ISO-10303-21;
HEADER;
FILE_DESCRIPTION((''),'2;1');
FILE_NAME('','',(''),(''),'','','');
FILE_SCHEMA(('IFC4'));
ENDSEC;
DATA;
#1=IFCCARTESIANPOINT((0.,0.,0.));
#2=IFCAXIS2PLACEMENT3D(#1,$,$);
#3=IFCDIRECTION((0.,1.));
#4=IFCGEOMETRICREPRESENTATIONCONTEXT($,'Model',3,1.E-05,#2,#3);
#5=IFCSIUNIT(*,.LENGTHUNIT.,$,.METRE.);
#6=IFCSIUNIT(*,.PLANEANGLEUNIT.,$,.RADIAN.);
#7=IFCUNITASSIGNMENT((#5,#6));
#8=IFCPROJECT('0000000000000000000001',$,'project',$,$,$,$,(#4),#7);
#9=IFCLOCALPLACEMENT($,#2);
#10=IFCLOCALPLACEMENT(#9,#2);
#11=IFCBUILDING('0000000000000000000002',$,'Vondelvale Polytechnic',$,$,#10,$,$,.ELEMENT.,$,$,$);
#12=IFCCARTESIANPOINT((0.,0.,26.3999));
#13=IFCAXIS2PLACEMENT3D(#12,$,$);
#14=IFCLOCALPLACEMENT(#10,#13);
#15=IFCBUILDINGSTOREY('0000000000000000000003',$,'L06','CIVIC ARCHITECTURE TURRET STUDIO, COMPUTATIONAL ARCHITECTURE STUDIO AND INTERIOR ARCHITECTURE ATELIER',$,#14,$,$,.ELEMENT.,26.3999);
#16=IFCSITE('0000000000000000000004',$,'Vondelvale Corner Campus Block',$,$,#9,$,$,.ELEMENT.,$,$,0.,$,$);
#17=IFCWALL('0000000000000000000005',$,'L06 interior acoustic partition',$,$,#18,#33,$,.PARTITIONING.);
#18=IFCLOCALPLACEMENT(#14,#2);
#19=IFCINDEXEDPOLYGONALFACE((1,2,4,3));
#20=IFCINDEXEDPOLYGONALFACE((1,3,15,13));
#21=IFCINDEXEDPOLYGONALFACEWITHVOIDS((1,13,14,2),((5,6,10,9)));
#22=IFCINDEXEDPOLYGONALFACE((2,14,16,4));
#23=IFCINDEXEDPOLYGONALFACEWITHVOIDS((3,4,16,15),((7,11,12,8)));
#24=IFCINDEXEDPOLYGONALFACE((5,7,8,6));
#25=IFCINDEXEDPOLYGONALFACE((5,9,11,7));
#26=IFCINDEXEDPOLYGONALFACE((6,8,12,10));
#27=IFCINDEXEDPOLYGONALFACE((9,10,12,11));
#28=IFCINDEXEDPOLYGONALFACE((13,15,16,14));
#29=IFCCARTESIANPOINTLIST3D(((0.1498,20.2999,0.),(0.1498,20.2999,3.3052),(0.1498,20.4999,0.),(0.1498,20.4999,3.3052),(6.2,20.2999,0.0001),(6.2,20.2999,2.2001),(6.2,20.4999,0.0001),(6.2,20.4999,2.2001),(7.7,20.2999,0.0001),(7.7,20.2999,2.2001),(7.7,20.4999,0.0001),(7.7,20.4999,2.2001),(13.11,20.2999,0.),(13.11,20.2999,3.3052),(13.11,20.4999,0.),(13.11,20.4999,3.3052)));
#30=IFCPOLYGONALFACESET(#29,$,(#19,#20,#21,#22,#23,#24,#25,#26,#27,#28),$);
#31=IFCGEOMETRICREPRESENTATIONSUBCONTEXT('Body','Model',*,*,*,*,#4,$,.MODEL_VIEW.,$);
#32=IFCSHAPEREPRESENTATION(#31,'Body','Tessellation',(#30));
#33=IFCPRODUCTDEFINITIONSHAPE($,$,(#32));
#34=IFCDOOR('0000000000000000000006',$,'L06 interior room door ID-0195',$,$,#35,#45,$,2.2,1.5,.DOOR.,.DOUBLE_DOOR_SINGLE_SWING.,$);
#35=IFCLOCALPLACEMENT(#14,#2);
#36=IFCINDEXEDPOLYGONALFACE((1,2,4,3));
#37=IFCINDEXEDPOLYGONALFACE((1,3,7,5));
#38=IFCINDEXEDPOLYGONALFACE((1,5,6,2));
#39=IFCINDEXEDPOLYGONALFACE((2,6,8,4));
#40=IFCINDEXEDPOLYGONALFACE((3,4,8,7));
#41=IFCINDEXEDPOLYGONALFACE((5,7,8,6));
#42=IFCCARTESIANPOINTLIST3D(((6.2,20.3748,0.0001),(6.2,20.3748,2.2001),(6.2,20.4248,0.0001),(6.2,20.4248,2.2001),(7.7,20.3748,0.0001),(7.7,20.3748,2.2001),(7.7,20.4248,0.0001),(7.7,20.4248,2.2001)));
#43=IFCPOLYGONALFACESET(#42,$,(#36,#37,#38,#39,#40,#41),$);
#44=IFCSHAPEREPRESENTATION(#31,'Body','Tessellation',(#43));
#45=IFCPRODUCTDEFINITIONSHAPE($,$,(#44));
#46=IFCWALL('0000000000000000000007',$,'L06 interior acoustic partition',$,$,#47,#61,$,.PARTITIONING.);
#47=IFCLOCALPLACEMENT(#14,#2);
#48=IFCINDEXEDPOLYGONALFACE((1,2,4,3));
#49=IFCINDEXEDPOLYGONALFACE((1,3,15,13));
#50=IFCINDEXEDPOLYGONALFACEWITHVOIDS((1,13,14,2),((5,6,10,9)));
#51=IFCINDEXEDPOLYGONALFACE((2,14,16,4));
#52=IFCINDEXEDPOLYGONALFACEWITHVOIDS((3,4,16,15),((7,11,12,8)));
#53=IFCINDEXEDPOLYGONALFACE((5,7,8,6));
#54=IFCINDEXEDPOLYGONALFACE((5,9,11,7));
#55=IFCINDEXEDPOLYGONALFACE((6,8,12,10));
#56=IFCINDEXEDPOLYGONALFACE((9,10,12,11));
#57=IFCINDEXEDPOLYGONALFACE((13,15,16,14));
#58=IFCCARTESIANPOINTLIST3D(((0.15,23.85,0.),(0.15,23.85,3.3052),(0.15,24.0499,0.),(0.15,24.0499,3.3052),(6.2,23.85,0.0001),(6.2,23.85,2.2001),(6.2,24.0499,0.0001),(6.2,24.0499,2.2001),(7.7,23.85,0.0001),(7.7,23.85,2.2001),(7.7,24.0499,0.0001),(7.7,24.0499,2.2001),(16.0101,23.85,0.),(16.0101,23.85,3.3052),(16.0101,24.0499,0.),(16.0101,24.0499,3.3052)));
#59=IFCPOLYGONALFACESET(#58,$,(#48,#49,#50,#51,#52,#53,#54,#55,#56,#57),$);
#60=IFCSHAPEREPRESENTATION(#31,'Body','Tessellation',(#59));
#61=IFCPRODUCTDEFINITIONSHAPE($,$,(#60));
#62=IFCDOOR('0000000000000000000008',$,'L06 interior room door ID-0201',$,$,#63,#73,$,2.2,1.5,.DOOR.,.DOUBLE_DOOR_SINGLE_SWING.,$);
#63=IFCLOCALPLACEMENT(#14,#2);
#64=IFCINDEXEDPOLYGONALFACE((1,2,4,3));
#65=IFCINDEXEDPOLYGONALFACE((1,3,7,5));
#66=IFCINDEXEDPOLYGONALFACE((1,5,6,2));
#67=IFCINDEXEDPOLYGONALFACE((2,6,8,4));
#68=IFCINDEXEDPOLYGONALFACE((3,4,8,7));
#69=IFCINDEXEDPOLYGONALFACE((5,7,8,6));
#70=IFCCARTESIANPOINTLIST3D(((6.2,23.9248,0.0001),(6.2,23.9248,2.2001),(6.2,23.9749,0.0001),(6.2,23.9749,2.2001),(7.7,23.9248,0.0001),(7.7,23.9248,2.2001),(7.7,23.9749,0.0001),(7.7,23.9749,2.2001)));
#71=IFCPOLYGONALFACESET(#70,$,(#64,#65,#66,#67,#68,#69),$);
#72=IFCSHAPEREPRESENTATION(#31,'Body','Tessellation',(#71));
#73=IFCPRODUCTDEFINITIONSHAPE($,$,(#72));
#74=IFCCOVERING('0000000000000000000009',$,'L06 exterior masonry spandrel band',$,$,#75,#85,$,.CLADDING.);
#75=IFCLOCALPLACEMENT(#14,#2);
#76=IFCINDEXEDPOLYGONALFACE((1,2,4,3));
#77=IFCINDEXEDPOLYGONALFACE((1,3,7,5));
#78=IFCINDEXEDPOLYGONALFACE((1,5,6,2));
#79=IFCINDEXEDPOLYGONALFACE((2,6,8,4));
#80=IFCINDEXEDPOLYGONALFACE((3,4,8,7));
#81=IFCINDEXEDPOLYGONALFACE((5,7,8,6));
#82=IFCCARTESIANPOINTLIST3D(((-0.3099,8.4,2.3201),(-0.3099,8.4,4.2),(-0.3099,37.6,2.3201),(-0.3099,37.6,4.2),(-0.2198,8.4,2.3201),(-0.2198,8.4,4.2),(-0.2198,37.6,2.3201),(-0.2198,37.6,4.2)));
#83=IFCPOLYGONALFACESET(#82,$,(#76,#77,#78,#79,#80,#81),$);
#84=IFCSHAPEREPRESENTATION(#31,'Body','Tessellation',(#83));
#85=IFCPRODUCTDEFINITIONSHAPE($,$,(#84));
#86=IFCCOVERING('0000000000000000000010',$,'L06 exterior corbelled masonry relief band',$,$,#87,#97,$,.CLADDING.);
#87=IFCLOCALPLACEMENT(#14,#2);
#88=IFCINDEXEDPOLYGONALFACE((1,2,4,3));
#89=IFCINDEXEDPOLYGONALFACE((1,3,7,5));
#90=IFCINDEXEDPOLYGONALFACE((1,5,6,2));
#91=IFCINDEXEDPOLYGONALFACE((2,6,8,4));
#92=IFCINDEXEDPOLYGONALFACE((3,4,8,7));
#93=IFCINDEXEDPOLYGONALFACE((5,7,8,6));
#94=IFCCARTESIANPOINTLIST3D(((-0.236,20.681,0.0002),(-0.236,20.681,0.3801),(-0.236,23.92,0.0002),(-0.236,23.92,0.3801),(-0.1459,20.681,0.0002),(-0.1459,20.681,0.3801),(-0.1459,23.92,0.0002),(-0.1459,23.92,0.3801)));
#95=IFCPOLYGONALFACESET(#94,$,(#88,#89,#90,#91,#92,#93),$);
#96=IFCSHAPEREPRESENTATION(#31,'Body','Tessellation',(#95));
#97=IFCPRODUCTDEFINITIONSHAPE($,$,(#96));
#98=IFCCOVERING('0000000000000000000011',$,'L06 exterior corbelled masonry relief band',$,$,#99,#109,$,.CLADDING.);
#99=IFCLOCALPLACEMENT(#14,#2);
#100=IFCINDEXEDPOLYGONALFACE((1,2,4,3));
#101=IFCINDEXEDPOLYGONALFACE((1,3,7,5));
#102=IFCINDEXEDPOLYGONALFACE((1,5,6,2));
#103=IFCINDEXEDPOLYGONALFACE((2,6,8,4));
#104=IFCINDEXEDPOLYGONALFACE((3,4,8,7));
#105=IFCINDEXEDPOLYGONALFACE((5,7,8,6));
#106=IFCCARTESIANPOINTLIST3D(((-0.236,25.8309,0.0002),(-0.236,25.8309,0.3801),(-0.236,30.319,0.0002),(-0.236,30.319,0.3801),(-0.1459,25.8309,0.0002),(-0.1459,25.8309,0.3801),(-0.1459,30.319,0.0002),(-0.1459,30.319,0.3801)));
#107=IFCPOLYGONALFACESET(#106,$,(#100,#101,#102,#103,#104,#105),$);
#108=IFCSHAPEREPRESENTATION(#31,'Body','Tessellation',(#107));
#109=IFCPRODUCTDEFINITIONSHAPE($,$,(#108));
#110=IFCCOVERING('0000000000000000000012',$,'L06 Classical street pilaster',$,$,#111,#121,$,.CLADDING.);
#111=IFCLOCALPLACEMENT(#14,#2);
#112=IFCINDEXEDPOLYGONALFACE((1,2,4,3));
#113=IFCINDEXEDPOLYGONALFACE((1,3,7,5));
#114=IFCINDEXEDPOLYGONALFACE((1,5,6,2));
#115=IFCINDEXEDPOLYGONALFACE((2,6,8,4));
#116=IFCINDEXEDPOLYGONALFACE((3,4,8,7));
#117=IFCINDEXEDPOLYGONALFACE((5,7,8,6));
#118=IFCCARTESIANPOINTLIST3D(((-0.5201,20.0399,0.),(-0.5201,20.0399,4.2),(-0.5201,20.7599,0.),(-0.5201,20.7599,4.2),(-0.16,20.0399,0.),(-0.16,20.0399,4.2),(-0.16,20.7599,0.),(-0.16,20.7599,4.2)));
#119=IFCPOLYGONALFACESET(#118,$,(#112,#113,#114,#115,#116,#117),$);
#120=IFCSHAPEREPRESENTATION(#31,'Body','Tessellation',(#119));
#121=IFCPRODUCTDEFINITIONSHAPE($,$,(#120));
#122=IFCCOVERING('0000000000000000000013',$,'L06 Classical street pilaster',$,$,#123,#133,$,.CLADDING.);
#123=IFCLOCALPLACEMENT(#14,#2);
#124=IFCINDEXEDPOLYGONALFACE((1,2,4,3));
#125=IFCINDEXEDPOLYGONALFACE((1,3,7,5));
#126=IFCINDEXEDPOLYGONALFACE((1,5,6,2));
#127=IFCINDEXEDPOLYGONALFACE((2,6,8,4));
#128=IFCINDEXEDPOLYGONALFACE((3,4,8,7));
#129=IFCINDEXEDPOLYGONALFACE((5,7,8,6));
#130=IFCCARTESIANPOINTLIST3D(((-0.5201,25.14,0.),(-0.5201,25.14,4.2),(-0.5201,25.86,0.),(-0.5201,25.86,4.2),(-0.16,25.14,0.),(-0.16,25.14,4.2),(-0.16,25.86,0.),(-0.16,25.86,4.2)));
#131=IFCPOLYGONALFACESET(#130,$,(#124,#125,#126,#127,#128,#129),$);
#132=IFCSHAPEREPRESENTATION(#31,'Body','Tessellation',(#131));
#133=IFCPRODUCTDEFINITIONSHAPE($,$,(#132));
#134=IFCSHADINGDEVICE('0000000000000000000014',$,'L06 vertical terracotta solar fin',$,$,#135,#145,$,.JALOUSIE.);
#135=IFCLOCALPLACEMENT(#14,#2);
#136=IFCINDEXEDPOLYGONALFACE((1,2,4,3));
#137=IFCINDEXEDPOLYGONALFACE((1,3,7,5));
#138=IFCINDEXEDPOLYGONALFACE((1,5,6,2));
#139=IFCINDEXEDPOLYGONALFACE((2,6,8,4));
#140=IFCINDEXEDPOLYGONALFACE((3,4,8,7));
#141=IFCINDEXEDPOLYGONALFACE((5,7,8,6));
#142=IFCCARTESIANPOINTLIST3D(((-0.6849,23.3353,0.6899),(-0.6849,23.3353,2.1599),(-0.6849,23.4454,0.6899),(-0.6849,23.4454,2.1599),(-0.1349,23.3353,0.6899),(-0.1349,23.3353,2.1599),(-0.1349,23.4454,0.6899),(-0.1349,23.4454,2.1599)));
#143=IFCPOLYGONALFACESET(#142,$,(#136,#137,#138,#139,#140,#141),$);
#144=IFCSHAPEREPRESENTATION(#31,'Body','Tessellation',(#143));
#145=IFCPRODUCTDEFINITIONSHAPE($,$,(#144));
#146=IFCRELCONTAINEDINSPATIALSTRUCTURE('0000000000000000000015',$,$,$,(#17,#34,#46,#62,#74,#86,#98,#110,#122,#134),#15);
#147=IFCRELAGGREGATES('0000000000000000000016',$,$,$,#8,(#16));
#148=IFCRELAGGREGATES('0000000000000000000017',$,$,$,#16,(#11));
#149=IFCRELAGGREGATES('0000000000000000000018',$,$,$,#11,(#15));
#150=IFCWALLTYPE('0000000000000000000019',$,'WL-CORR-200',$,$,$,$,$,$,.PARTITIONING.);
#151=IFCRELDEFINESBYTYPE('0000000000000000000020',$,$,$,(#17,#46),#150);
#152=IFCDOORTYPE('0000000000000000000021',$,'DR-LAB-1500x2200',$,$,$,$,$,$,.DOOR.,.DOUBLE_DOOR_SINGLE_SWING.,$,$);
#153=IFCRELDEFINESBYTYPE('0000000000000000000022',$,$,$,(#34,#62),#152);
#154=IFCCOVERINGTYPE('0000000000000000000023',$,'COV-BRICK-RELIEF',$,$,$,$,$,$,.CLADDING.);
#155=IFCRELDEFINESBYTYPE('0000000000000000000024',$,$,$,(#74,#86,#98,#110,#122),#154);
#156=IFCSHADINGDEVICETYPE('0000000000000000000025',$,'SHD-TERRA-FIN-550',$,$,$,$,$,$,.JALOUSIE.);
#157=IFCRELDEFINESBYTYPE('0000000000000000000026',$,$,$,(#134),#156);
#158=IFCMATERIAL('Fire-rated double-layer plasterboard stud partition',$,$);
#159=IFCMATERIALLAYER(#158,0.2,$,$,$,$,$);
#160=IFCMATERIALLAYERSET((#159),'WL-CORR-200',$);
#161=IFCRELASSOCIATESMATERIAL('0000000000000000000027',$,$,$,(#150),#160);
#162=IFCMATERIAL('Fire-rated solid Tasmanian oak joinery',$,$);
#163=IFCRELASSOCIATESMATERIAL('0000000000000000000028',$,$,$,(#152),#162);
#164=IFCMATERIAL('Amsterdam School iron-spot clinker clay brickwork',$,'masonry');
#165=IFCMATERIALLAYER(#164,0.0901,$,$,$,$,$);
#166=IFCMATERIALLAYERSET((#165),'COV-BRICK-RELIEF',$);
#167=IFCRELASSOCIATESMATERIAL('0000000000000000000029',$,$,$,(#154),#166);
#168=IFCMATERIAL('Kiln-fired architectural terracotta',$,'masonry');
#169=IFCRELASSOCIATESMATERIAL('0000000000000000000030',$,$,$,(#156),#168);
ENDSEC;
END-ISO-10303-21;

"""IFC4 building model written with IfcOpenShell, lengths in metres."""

from ifc_helpers import new_model, si_unit, direction, frame, frame_2d, origin, origin_2d, place, context, subcontext, project, spatial, rectangle, extrude, material, layer, layer_set, type_object, element, fill, save


model = new_model("IFC4")

# Units and contexts
model_context = context("Model", 3, precision=1e-05, world=origin(), true_north=direction((0.0, 1.0)))
body_context = subcontext(model_context, "Body", "Model", "MODEL_VIEW")
ifc_project = project(units=[si_unit("LENGTHUNIT", "METRE"), si_unit("PLANEANGLEUNIT", "RADIAN")], contexts=[model_context])

# Site, building, storey
site_placement = place(None, origin())
site = spatial("IfcSite", under=ifc_project, at=site_placement, Name="Vondelvale Corner Campus Block", CompositionType="ELEMENT", RefElevation=0.0)
building_placement = place(site_placement, origin())
building = spatial("IfcBuilding", under=site, at=building_placement, Name="Vondelvale Polytechnic", CompositionType="ELEMENT")
storey_placement = place(building_placement, frame((0.0, 0.0, 26.3999)))
storey = spatial("IfcBuildingStorey", under=building, at=storey_placement, Name="L06", Description="CIVIC ARCHITECTURE TURRET STUDIO, COMPUTATIONAL ARCHITECTURE STUDIO AND INTERIOR ARCHITECTURE ATELIER", CompositionType="ELEMENT", Elevation=26.3999)

# Shared definitions
ifc_material_1 = material(Name="Amsterdam School iron-spot clinker clay brickwork", Category="masonry")

# Walls, openings, doors
ifc_material_2 = material(Name="Fire-rated double-layer plasterboard stud partition")
ifc_layer_1 = layer(ifc_material_2, 0.2)
ifc_layer_set_1 = layer_set([ifc_layer_1], Name="WL-CORR-200")
wall_type_1 = type_object("IfcWallType", Name="WL-CORR-200", PredefinedType="PARTITIONING", material=ifc_layer_set_1)
wall_1_placement = place(storey_placement, frame((0.1499, 20.3999, 0.0), z_axis=(0.0, 0.0, 1.0), x_axis=(1.0, 0.0, 0.0)))
wall_1 = element("IfcWall", 1, at=wall_1_placement, inside=storey, type_object=wall_type_1, Name="L06 interior acoustic partition", PredefinedType="PARTITIONING", context=body_context, shape_type="SweptSolid", body=[
    extrude(rectangle(XDim=12.9602, YDim=0.2, at=frame_2d((6.48, 0.0))), origin(), (0.0, 0.0, 1.0), 3.3052),
])
opening_1_placement = place(wall_1_placement, frame((6.05, 0.0, 0.0)))
opening_1 = element("IfcOpeningElement", 2, at=opening_1_placement, cuts=wall_1, PredefinedType="OPENING", context=body_context, shape_type="SweptSolid", body=[
    extrude(rectangle(XDim=1.5, YDim=2.2, at=frame_2d((0.75, 1.1001))), frame((0.0, 0.1099, 0.0), z_axis=(0.0, -1.0, 0.0), x_axis=(1.0, 0.0, 0.0)), (0.0, 0.0, 1.0), 0.22),
])
ifc_material_3 = material(Name="Fire-rated solid Tasmanian oak joinery")
door_type = type_object("IfcDoorType", Name="DR-LAB-1500x2200", OperationType="DOUBLE_DOOR_SINGLE_SWING", PredefinedType="DOOR", material=ifc_material_3)
door_1_placement = place(opening_1_placement, origin())
door_1 = element("IfcDoor", 3, at=door_1_placement, inside=storey, type_object=door_type, Name="L06 interior room door ID-0195", OperationType="DOUBLE_DOOR_SINGLE_SWING", OverallHeight=2.2, OverallWidth=1.5, PredefinedType="DOOR", context=body_context, shape_type="SweptSolid", body=[
    extrude(rectangle(XDim=1.5, YDim=2.2, at=frame_2d((0.75, 1.1001))), frame((0.0, 0.0249, 0.0), z_axis=(0.0, -1.0, 0.0), x_axis=(1.0, 0.0, 0.0)), (0.0, 0.0, 1.0), 0.05),
])
fill(opening_1, door_1)
wall_2_placement = place(storey_placement, frame((0.1499, 23.95, 0.0), z_axis=(0.0, 0.0, 1.0), x_axis=(1.0, 0.0, 0.0)))
wall_2 = element("IfcWall", 4, at=wall_2_placement, inside=storey, type_object=wall_type_1, Name="L06 interior acoustic partition", PredefinedType="PARTITIONING", context=body_context, shape_type="SweptSolid", body=[
    extrude(rectangle(XDim=15.8601, YDim=0.2, at=frame_2d((7.9302, 0.0))), origin(), (0.0, 0.0, 1.0), 3.3052),
])
opening_2_placement = place(wall_2_placement, frame((6.05, 0.0, 0.0)))
opening_2 = element("IfcOpeningElement", 5, at=opening_2_placement, cuts=wall_2, PredefinedType="OPENING", context=body_context, shape_type="SweptSolid", body=[
    extrude(rectangle(XDim=1.5, YDim=2.2, at=frame_2d((0.75, 1.1001))), frame((0.0, 0.1099, 0.0), z_axis=(0.0, -1.0, 0.0), x_axis=(1.0, 0.0, 0.0)), (0.0, 0.0, 1.0), 0.22),
])
door_2_placement = place(opening_2_placement, origin())
door_2 = element("IfcDoor", 6, at=door_2_placement, inside=storey, type_object=door_type, Name="L06 interior room door ID-0201", OperationType="DOUBLE_DOOR_SINGLE_SWING", OverallHeight=2.2, OverallWidth=1.5, PredefinedType="DOOR", context=body_context, shape_type="SweptSolid", body=[
    extrude(rectangle(XDim=1.5, YDim=2.2, at=frame_2d((0.75, 1.1001))), frame((0.0, 0.0249, 0.0), z_axis=(0.0, -1.0, 0.0), x_axis=(1.0, 0.0, 0.0)), (0.0, 0.0, 1.0), 0.05),
])
fill(opening_2, door_2)

# Coverings
ifc_layer_2 = layer(ifc_material_1, 0.0901)
ifc_layer_set_2 = layer_set([ifc_layer_2], Name="COV-BRICK-RELIEF")
covering_type = type_object("IfcCoveringType", Name="COV-BRICK-RELIEF", PredefinedType="CLADDING", material=ifc_layer_set_2)
covering_1_placement = place(storey_placement, frame((-0.2649, 23.0, 2.3201), z_axis=(0.0, 0.0, 1.0), x_axis=(0.0, 1.0, 0.0)))
element("IfcCovering", 7, at=covering_1_placement, inside=storey, type_object=covering_type, Name="L06 exterior masonry spandrel band", PredefinedType="CLADDING", context=body_context, shape_type="SweptSolid", body=[
    extrude(rectangle(XDim=29.2, YDim=0.0901, at=origin_2d()), origin(), (0.0, 0.0, 1.0), 1.8799),
])
covering_2_placement = place(storey_placement, frame((-0.1909, 22.3005, 0.0002), z_axis=(0.0, 0.0, 1.0), x_axis=(0.0, 1.0, 0.0)))
element("IfcCovering", 8, at=covering_2_placement, inside=storey, type_object=covering_type, Name="L06 exterior corbelled masonry relief band", PredefinedType="CLADDING", context=body_context, shape_type="SweptSolid", body=[
    extrude(rectangle(XDim=3.239, YDim=0.0901, at=origin_2d()), origin(), (0.0, 0.0, 1.0), 0.3799),
])
covering_3_placement = place(storey_placement, frame((-0.1909, 28.075, 0.0002), z_axis=(0.0, 0.0, 1.0), x_axis=(0.0, 1.0, 0.0)))
element("IfcCovering", 9, at=covering_3_placement, inside=storey, type_object=covering_type, Name="L06 exterior corbelled masonry relief band", PredefinedType="CLADDING", context=body_context, shape_type="SweptSolid", body=[
    extrude(rectangle(XDim=4.488, YDim=0.0901, at=origin_2d()), origin(), (0.0, 0.0, 1.0), 0.3799),
])
for number, where, z_axis, x_axis, name in (
    (10, (-0.3401, 20.3999, 0.0), (0.0, 0.0, 1.0), (1.0, 0.0, 0.0), "L06 Classical street pilaster"),
    (11, (-0.3401, 25.5, 0.0), (0.0, 0.0, 1.0), (1.0, 0.0, 0.0), "L06 Classical street pilaster"),
):
    element("IfcCovering", number, at=place(storey_placement, frame(where, z_axis=z_axis, x_axis=x_axis)), inside=storey, type_object=covering_type, Name=name, PredefinedType="CLADDING", context=body_context, shape_type="SweptSolid", body=[
        extrude(rectangle(XDim=0.3601, YDim=0.72, at=origin_2d()), origin(), (0.0, 0.0, 1.0), 4.2),
    ])

# Shading device
ifc_material_4 = material(Name="Kiln-fired architectural terracotta", Category="masonry")
shading_device_type = type_object("IfcShadingDeviceType", Name="SHD-TERRA-FIN-550", PredefinedType="JALOUSIE", material=ifc_material_4)
shading_device_placement = place(storey_placement, frame((-0.4099, 23.3904, 0.6899), z_axis=(0.0, 0.0, 1.0), x_axis=(0.0, 1.0, 0.0)))
element("IfcShadingDevice", 12, at=shading_device_placement, inside=storey, type_object=shading_device_type, Name="L06 vertical terracotta solar fin", PredefinedType="JALOUSIE", context=body_context, shape_type="SweptSolid", body=[
    extrude(rectangle(XDim=0.1101, YDim=0.55, at=origin_2d()), origin(), (0.0, 0.0, 1.0), 1.47),
])

save(model, "model.ifc")
